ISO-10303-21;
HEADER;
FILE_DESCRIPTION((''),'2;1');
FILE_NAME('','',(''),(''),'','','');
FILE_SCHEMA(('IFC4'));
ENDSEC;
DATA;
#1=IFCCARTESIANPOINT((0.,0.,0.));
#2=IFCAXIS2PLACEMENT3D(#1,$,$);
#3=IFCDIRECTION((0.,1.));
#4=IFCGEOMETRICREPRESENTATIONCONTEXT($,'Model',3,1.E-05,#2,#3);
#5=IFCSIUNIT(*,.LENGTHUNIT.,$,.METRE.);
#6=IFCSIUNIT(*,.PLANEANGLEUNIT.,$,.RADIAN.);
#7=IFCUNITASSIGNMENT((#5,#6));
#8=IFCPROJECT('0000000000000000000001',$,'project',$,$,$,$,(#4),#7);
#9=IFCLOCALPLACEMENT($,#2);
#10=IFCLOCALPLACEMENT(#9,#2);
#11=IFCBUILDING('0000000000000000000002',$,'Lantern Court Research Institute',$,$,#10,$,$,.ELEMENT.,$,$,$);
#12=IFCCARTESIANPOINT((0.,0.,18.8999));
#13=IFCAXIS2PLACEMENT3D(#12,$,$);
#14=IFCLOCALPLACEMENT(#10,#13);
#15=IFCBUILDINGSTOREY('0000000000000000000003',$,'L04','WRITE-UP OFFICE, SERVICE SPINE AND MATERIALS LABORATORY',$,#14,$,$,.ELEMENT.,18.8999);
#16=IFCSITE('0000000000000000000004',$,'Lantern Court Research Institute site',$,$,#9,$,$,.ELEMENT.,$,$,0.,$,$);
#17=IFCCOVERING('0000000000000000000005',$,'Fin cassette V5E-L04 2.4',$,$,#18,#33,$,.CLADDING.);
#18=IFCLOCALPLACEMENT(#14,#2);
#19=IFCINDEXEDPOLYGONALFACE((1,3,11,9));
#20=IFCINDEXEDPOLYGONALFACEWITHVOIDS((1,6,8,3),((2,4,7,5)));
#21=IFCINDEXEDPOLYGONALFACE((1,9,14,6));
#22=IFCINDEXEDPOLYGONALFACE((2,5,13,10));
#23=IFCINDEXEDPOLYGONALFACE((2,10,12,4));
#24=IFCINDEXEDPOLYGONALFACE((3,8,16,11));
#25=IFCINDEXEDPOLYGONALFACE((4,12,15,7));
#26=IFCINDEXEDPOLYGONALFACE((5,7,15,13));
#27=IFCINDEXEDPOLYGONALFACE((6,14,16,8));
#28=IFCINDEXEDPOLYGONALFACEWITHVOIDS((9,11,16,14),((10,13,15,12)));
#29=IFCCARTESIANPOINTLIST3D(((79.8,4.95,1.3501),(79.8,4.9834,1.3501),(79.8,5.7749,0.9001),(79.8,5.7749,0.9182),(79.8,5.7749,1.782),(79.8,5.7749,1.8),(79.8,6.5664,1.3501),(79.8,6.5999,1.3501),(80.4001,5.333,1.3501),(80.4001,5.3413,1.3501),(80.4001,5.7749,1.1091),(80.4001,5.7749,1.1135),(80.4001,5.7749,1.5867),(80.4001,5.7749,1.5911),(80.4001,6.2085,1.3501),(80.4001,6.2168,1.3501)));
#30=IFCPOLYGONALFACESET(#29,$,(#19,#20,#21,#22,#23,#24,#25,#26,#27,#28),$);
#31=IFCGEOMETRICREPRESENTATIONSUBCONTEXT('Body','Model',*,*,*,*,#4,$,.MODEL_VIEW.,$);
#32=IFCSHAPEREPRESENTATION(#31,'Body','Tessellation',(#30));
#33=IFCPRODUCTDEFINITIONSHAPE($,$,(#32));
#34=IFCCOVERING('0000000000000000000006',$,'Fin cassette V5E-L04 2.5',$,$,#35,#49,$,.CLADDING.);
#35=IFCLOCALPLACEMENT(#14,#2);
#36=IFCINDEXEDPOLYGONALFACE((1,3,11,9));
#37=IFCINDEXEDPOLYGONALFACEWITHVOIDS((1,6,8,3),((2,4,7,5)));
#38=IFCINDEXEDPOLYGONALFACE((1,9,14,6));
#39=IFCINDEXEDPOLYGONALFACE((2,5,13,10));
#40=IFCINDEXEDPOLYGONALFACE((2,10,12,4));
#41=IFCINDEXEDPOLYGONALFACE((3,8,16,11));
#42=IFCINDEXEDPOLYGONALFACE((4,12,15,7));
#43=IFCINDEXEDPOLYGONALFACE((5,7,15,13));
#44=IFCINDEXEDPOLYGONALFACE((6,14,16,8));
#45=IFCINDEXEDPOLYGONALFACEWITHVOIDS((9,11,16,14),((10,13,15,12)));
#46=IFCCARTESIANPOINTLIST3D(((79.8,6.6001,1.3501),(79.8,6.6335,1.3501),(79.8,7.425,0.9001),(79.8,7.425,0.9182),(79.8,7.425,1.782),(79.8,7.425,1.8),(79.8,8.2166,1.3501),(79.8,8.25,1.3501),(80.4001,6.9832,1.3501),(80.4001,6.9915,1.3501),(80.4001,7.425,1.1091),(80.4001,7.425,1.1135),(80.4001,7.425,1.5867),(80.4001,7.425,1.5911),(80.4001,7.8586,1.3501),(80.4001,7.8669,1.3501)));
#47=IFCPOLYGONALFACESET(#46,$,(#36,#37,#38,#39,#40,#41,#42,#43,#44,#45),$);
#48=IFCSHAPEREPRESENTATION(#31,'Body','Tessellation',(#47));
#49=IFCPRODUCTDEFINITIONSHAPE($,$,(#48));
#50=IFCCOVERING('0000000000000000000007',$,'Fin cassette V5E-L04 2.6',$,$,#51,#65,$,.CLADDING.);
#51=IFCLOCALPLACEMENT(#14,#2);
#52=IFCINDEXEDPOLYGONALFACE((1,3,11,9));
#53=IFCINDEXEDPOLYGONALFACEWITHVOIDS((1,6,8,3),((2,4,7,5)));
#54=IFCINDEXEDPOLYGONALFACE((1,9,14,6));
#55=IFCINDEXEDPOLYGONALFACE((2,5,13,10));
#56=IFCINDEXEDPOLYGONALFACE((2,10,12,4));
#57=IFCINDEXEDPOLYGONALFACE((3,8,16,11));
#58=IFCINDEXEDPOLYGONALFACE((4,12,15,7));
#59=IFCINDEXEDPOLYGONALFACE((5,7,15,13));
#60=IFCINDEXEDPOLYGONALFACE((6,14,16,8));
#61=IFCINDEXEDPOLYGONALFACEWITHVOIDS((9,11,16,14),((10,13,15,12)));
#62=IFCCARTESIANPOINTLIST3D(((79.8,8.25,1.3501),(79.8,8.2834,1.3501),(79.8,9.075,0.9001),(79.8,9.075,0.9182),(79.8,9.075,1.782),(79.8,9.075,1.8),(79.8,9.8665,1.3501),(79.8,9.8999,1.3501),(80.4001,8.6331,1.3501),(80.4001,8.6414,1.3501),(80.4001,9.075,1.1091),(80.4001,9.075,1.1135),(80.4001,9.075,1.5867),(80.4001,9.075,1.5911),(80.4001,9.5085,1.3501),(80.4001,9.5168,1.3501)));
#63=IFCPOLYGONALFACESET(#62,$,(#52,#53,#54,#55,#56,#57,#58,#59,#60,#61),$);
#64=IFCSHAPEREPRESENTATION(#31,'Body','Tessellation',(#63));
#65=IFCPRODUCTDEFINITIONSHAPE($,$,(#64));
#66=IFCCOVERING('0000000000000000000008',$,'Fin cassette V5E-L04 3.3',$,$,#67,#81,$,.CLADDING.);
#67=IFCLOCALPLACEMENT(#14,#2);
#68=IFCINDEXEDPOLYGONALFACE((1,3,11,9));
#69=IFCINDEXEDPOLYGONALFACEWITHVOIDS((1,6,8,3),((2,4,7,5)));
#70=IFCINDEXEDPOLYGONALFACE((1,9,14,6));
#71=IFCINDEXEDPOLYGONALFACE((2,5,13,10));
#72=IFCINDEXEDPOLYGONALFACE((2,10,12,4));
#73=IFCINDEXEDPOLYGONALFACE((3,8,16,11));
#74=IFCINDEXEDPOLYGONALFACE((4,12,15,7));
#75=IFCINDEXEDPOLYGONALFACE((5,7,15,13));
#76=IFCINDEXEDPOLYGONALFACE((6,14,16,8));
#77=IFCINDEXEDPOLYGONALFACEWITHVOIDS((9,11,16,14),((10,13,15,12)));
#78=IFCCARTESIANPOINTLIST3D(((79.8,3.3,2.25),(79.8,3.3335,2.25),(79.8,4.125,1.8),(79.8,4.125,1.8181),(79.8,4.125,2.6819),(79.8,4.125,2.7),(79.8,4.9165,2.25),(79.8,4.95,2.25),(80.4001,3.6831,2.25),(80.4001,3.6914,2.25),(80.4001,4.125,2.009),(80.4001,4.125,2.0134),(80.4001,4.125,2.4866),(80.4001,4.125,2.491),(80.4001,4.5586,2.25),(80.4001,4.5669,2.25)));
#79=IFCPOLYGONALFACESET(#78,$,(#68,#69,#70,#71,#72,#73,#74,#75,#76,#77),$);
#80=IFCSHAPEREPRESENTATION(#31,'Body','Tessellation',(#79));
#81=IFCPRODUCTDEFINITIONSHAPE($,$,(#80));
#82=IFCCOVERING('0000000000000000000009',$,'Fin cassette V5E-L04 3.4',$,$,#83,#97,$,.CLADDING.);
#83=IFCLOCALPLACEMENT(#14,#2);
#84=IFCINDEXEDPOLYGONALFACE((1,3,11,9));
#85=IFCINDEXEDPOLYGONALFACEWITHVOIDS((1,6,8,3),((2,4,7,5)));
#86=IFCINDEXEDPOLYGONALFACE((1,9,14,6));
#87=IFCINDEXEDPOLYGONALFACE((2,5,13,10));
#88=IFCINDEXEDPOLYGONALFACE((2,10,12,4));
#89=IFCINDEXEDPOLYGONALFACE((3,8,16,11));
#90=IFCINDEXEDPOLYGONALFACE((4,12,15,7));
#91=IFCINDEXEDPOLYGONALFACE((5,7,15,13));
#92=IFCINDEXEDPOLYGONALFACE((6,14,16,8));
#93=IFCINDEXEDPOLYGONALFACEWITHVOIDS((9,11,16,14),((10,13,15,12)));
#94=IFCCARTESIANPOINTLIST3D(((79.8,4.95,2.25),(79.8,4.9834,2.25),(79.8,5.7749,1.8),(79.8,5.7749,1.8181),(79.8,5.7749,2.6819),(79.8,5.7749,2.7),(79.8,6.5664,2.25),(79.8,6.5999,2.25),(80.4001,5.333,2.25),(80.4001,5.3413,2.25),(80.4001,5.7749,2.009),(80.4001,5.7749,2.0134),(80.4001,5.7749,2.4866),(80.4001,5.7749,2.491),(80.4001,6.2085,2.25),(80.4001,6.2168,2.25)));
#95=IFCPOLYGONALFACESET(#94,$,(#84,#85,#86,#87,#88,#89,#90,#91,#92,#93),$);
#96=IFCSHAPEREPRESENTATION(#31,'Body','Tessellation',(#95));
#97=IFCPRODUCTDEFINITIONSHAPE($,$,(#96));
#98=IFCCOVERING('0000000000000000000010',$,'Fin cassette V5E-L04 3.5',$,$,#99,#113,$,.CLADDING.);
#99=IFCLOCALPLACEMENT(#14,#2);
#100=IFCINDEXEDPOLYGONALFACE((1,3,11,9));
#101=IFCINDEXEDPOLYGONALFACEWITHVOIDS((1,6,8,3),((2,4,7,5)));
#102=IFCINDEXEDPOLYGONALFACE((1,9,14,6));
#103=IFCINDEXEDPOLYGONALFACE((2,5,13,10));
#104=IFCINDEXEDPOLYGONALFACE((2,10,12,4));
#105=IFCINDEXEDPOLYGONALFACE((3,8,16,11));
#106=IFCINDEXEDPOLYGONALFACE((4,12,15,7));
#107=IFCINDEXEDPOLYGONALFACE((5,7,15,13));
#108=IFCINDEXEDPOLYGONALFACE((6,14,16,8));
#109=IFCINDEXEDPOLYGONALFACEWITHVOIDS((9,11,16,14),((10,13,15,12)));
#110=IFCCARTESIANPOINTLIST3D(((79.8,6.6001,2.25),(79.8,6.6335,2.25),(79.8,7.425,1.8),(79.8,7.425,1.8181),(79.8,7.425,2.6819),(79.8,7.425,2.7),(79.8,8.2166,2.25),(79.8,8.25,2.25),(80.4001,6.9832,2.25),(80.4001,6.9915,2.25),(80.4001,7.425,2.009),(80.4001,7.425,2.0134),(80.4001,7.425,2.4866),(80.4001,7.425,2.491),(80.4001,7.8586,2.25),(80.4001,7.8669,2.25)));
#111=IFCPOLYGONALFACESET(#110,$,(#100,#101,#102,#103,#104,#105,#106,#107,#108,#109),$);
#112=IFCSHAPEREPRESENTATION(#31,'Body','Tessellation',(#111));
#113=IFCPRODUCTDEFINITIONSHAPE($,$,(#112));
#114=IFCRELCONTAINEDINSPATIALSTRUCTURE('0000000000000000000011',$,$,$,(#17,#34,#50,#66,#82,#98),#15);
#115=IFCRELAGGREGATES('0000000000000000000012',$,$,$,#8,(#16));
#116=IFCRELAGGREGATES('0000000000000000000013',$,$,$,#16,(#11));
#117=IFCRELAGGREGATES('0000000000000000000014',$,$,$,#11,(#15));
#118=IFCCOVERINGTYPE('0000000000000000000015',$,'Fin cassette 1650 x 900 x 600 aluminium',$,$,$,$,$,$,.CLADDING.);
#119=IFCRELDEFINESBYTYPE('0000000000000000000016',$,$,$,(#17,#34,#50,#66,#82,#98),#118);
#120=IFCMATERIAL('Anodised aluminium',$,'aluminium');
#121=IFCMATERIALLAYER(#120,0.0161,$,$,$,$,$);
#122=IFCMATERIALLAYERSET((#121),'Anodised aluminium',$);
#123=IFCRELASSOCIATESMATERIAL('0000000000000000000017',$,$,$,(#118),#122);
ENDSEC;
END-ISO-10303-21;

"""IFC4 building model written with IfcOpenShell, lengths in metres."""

from ifc_helpers import new_model, entity, si_unit, direction, frame, origin, place, context, subcontext, project, spatial, material, layer, layer_set, type_object, element, save


model = new_model("IFC4")

# Units and contexts
model_context = context("Model", 3, precision=1e-05, world=origin(), true_north=direction((0.0, 1.0)))
body_context = subcontext(model_context, "Body", "Model", "MODEL_VIEW")
ifc_project = project(units=[si_unit("LENGTHUNIT", "METRE"), si_unit("PLANEANGLEUNIT", "RADIAN")], contexts=[model_context])

# Site, building, storey
site_placement = place(None, origin())
site = spatial("IfcSite", under=ifc_project, at=site_placement, Name="Lantern Court Research Institute site", CompositionType="ELEMENT", RefElevation=0.0)
building_placement = place(site_placement, origin())
building = spatial("IfcBuilding", under=site, at=building_placement, Name="Lantern Court Research Institute", CompositionType="ELEMENT")
storey_placement = place(building_placement, frame((0.0, 0.0, 18.8999)))
storey = spatial("IfcBuildingStorey", under=building, at=storey_placement, Name="L04", Description="WRITE-UP OFFICE, SERVICE SPINE AND MATERIALS LABORATORY", CompositionType="ELEMENT", Elevation=18.8999)

# Coverings
ifc_material_1 = material(Name="Anodised aluminium", Category="aluminium")
ifc_layer = layer(ifc_material_1, 0.0161)
ifc_layer_set = layer_set([ifc_layer], Name="Anodised aluminium")
covering_type = type_object("IfcCoveringType", Name="Fin cassette 1650 x 900 x 600 aluminium", PredefinedType="CLADDING", material=ifc_layer_set)
covering_1_placement = place(storey_placement, frame((79.8, 5.7749, 1.3501), z_axis=(1.0, 0.0, 0.0), x_axis=(0.0, 1.0, 0.0)))
cartesian_point_1 = entity("IfcCartesianPoint", [0.825, 0.0])
cartesian_point_2 = entity("IfcCartesianPoint", [0.7915, 0.0])
cartesian_point_3 = entity("IfcCartesianPoint", [0.4419, 0.0])
cartesian_point_4 = entity("IfcCartesianPoint", [0.4336, 0.0])
element("IfcCovering", 1, at=covering_1_placement, inside=storey, type_object=covering_type, Name="Fin cassette V5E-L04 2.4", PredefinedType="CLADDING", context=body_context, shape_type="SweptSolid", body=[
    entity("IfcExtrudedAreaSolidTapered", entity("IfcArbitraryProfileDefWithVoids", "AREA", None, entity("IfcPolyline", [cartesian_point_1, entity("IfcCartesianPoint", [0.0, 0.45]), entity("IfcCartesianPoint", [-0.825, 0.0]), entity("IfcCartesianPoint", [0.0, -0.45]), cartesian_point_1]), [entity("IfcPolyline", [cartesian_point_2, entity("IfcCartesianPoint", [0.0, 0.4319]), entity("IfcCartesianPoint", [-0.7915, 0.0]), entity("IfcCartesianPoint", [0.0, -0.4319]), cartesian_point_2])]), entity("IfcAxis2Placement3D", entity("IfcCartesianPoint", [0.0, 0.0, 0.0])), entity("IfcDirection", [0.0, 0.0, 1.0]), 0.6001, entity("IfcArbitraryProfileDefWithVoids", "AREA", None, entity("IfcPolyline", [cartesian_point_3, entity("IfcCartesianPoint", [0.0, 0.241]), entity("IfcCartesianPoint", [-0.4419, 0.0]), entity("IfcCartesianPoint", [0.0, -0.241]), cartesian_point_3]), [entity("IfcPolyline", [cartesian_point_4, entity("IfcCartesianPoint", [0.0, 0.2366]), entity("IfcCartesianPoint", [-0.4336, 0.0]), entity("IfcCartesianPoint", [0.0, -0.2366]), cartesian_point_4])])),
])
covering_2_placement = place(storey_placement, frame((79.8, 7.425, 1.3501), z_axis=(1.0, 0.0, 0.0), x_axis=(0.0, 1.0, 0.0)))
cartesian_point_5 = entity("IfcCartesianPoint", [0.825, 0.0])
cartesian_point_6 = entity("IfcCartesianPoint", [0.7915, 0.0])
cartesian_point_7 = entity("IfcCartesianPoint", [0.4419, 0.0])
cartesian_point_8 = entity("IfcCartesianPoint", [0.4336, 0.0])
element("IfcCovering", 2, at=covering_2_placement, inside=storey, type_object=covering_type, Name="Fin cassette V5E-L04 2.5", PredefinedType="CLADDING", context=body_context, shape_type="SweptSolid", body=[
    entity("IfcExtrudedAreaSolidTapered", entity("IfcArbitraryProfileDefWithVoids", "AREA", None, entity("IfcPolyline", [cartesian_point_5, entity("IfcCartesianPoint", [0.0, 0.45]), entity("IfcCartesianPoint", [-0.825, 0.0]), entity("IfcCartesianPoint", [0.0, -0.45]), cartesian_point_5]), [entity("IfcPolyline", [cartesian_point_6, entity("IfcCartesianPoint", [0.0, 0.4319]), entity("IfcCartesianPoint", [-0.7915, 0.0]), entity("IfcCartesianPoint", [0.0, -0.4319]), cartesian_point_6])]), entity("IfcAxis2Placement3D", entity("IfcCartesianPoint", [0.0, 0.0, 0.0])), entity("IfcDirection", [0.0, 0.0, 1.0]), 0.6001, entity("IfcArbitraryProfileDefWithVoids", "AREA", None, entity("IfcPolyline", [cartesian_point_7, entity("IfcCartesianPoint", [0.0, 0.241]), entity("IfcCartesianPoint", [-0.4419, 0.0]), entity("IfcCartesianPoint", [0.0, -0.241]), cartesian_point_7]), [entity("IfcPolyline", [cartesian_point_8, entity("IfcCartesianPoint", [0.0, 0.2366]), entity("IfcCartesianPoint", [-0.4336, 0.0]), entity("IfcCartesianPoint", [0.0, -0.2366]), cartesian_point_8])])),
])
covering_3_placement = place(storey_placement, frame((79.8, 9.075, 1.3501), z_axis=(1.0, 0.0, 0.0), x_axis=(0.0, 1.0, 0.0)))
cartesian_point_9 = entity("IfcCartesianPoint", [0.825, 0.0])
cartesian_point_10 = entity("IfcCartesianPoint", [0.7915, 0.0])
cartesian_point_11 = entity("IfcCartesianPoint", [0.4419, 0.0])
cartesian_point_12 = entity("IfcCartesianPoint", [0.4336, 0.0])
element("IfcCovering", 3, at=covering_3_placement, inside=storey, type_object=covering_type, Name="Fin cassette V5E-L04 2.6", PredefinedType="CLADDING", context=body_context, shape_type="SweptSolid", body=[
    entity("IfcExtrudedAreaSolidTapered", entity("IfcArbitraryProfileDefWithVoids", "AREA", None, entity("IfcPolyline", [cartesian_point_9, entity("IfcCartesianPoint", [0.0, 0.45]), entity("IfcCartesianPoint", [-0.825, 0.0]), entity("IfcCartesianPoint", [0.0, -0.45]), cartesian_point_9]), [entity("IfcPolyline", [cartesian_point_10, entity("IfcCartesianPoint", [0.0, 0.4319]), entity("IfcCartesianPoint", [-0.7915, 0.0]), entity("IfcCartesianPoint", [0.0, -0.4319]), cartesian_point_10])]), entity("IfcAxis2Placement3D", entity("IfcCartesianPoint", [0.0, 0.0, 0.0])), entity("IfcDirection", [0.0, 0.0, 1.0]), 0.6001, entity("IfcArbitraryProfileDefWithVoids", "AREA", None, entity("IfcPolyline", [cartesian_point_11, entity("IfcCartesianPoint", [0.0, 0.241]), entity("IfcCartesianPoint", [-0.4419, 0.0]), entity("IfcCartesianPoint", [0.0, -0.241]), cartesian_point_11]), [entity("IfcPolyline", [cartesian_point_12, entity("IfcCartesianPoint", [0.0, 0.2366]), entity("IfcCartesianPoint", [-0.4336, 0.0]), entity("IfcCartesianPoint", [0.0, -0.2366]), cartesian_point_12])])),
])
covering_4_placement = place(storey_placement, frame((79.8, 4.125, 2.25), z_axis=(1.0, 0.0, 0.0), x_axis=(0.0, 1.0, 0.0)))
cartesian_point_13 = entity("IfcCartesianPoint", [0.825, 0.0])
cartesian_point_14 = entity("IfcCartesianPoint", [0.7915, 0.0])
cartesian_point_15 = entity("IfcCartesianPoint", [0.4419, 0.0])
cartesian_point_16 = entity("IfcCartesianPoint", [0.4336, 0.0])
element("IfcCovering", 4, at=covering_4_placement, inside=storey, type_object=covering_type, Name="Fin cassette V5E-L04 3.3", PredefinedType="CLADDING", context=body_context, shape_type="SweptSolid", body=[
    entity("IfcExtrudedAreaSolidTapered", entity("IfcArbitraryProfileDefWithVoids", "AREA", None, entity("IfcPolyline", [cartesian_point_13, entity("IfcCartesianPoint", [0.0, 0.45]), entity("IfcCartesianPoint", [-0.825, 0.0]), entity("IfcCartesianPoint", [0.0, -0.45]), cartesian_point_13]), [entity("IfcPolyline", [cartesian_point_14, entity("IfcCartesianPoint", [0.0, 0.4319]), entity("IfcCartesianPoint", [-0.7915, 0.0]), entity("IfcCartesianPoint", [0.0, -0.4319]), cartesian_point_14])]), entity("IfcAxis2Placement3D", entity("IfcCartesianPoint", [0.0, 0.0, 0.0])), entity("IfcDirection", [0.0, 0.0, 1.0]), 0.6001, entity("IfcArbitraryProfileDefWithVoids", "AREA", None, entity("IfcPolyline", [cartesian_point_15, entity("IfcCartesianPoint", [0.0, 0.241]), entity("IfcCartesianPoint", [-0.4419, 0.0]), entity("IfcCartesianPoint", [0.0, -0.241]), cartesian_point_15]), [entity("IfcPolyline", [cartesian_point_16, entity("IfcCartesianPoint", [0.0, 0.2366]), entity("IfcCartesianPoint", [-0.4336, 0.0]), entity("IfcCartesianPoint", [0.0, -0.2366]), cartesian_point_16])])),
])
covering_5_placement = place(storey_placement, frame((79.8, 5.7749, 2.25), z_axis=(1.0, 0.0, 0.0), x_axis=(0.0, 1.0, 0.0)))
cartesian_point_17 = entity("IfcCartesianPoint", [0.825, 0.0])
cartesian_point_18 = entity("IfcCartesianPoint", [0.7915, 0.0])
cartesian_point_19 = entity("IfcCartesianPoint", [0.4419, 0.0])
cartesian_point_20 = entity("IfcCartesianPoint", [0.4336, 0.0])
element("IfcCovering", 5, at=covering_5_placement, inside=storey, type_object=covering_type, Name="Fin cassette V5E-L04 3.4", PredefinedType="CLADDING", context=body_context, shape_type="SweptSolid", body=[
    entity("IfcExtrudedAreaSolidTapered", entity("IfcArbitraryProfileDefWithVoids", "AREA", None, entity("IfcPolyline", [cartesian_point_17, entity("IfcCartesianPoint", [0.0, 0.45]), entity("IfcCartesianPoint", [-0.825, 0.0]), entity("IfcCartesianPoint", [0.0, -0.45]), cartesian_point_17]), [entity("IfcPolyline", [cartesian_point_18, entity("IfcCartesianPoint", [0.0, 0.4319]), entity("IfcCartesianPoint", [-0.7915, 0.0]), entity("IfcCartesianPoint", [0.0, -0.4319]), cartesian_point_18])]), entity("IfcAxis2Placement3D", entity("IfcCartesianPoint", [0.0, 0.0, 0.0])), entity("IfcDirection", [0.0, 0.0, 1.0]), 0.6001, entity("IfcArbitraryProfileDefWithVoids", "AREA", None, entity("IfcPolyline", [cartesian_point_19, entity("IfcCartesianPoint", [0.0, 0.241]), entity("IfcCartesianPoint", [-0.4419, 0.0]), entity("IfcCartesianPoint", [0.0, -0.241]), cartesian_point_19]), [entity("IfcPolyline", [cartesian_point_20, entity("IfcCartesianPoint", [0.0, 0.2366]), entity("IfcCartesianPoint", [-0.4336, 0.0]), entity("IfcCartesianPoint", [0.0, -0.2366]), cartesian_point_20])])),
])
covering_6_placement = place(storey_placement, frame((79.8, 7.425, 2.25), z_axis=(1.0, 0.0, 0.0), x_axis=(0.0, 1.0, 0.0)))
cartesian_point_21 = entity("IfcCartesianPoint", [0.825, 0.0])
cartesian_point_22 = entity("IfcCartesianPoint", [0.7915, 0.0])
cartesian_point_23 = entity("IfcCartesianPoint", [0.4419, 0.0])
cartesian_point_24 = entity("IfcCartesianPoint", [0.4336, 0.0])
element("IfcCovering", 6, at=covering_6_placement, inside=storey, type_object=covering_type, Name="Fin cassette V5E-L04 3.5", PredefinedType="CLADDING", context=body_context, shape_type="SweptSolid", body=[
    entity("IfcExtrudedAreaSolidTapered", entity("IfcArbitraryProfileDefWithVoids", "AREA", None, entity("IfcPolyline", [cartesian_point_21, entity("IfcCartesianPoint", [0.0, 0.45]), entity("IfcCartesianPoint", [-0.825, 0.0]), entity("IfcCartesianPoint", [0.0, -0.45]), cartesian_point_21]), [entity("IfcPolyline", [cartesian_point_22, entity("IfcCartesianPoint", [0.0, 0.4319]), entity("IfcCartesianPoint", [-0.7915, 0.0]), entity("IfcCartesianPoint", [0.0, -0.4319]), cartesian_point_22])]), entity("IfcAxis2Placement3D", entity("IfcCartesianPoint", [0.0, 0.0, 0.0])), entity("IfcDirection", [0.0, 0.0, 1.0]), 0.6001, entity("IfcArbitraryProfileDefWithVoids", "AREA", None, entity("IfcPolyline", [cartesian_point_23, entity("IfcCartesianPoint", [0.0, 0.241]), entity("IfcCartesianPoint", [-0.4419, 0.0]), entity("IfcCartesianPoint", [0.0, -0.241]), cartesian_point_23]), [entity("IfcPolyline", [cartesian_point_24, entity("IfcCartesianPoint", [0.0, 0.2366]), entity("IfcCartesianPoint", [-0.4336, 0.0]), entity("IfcCartesianPoint", [0.0, -0.2366]), cartesian_point_24])])),
])

save(model, "model.ifc")
